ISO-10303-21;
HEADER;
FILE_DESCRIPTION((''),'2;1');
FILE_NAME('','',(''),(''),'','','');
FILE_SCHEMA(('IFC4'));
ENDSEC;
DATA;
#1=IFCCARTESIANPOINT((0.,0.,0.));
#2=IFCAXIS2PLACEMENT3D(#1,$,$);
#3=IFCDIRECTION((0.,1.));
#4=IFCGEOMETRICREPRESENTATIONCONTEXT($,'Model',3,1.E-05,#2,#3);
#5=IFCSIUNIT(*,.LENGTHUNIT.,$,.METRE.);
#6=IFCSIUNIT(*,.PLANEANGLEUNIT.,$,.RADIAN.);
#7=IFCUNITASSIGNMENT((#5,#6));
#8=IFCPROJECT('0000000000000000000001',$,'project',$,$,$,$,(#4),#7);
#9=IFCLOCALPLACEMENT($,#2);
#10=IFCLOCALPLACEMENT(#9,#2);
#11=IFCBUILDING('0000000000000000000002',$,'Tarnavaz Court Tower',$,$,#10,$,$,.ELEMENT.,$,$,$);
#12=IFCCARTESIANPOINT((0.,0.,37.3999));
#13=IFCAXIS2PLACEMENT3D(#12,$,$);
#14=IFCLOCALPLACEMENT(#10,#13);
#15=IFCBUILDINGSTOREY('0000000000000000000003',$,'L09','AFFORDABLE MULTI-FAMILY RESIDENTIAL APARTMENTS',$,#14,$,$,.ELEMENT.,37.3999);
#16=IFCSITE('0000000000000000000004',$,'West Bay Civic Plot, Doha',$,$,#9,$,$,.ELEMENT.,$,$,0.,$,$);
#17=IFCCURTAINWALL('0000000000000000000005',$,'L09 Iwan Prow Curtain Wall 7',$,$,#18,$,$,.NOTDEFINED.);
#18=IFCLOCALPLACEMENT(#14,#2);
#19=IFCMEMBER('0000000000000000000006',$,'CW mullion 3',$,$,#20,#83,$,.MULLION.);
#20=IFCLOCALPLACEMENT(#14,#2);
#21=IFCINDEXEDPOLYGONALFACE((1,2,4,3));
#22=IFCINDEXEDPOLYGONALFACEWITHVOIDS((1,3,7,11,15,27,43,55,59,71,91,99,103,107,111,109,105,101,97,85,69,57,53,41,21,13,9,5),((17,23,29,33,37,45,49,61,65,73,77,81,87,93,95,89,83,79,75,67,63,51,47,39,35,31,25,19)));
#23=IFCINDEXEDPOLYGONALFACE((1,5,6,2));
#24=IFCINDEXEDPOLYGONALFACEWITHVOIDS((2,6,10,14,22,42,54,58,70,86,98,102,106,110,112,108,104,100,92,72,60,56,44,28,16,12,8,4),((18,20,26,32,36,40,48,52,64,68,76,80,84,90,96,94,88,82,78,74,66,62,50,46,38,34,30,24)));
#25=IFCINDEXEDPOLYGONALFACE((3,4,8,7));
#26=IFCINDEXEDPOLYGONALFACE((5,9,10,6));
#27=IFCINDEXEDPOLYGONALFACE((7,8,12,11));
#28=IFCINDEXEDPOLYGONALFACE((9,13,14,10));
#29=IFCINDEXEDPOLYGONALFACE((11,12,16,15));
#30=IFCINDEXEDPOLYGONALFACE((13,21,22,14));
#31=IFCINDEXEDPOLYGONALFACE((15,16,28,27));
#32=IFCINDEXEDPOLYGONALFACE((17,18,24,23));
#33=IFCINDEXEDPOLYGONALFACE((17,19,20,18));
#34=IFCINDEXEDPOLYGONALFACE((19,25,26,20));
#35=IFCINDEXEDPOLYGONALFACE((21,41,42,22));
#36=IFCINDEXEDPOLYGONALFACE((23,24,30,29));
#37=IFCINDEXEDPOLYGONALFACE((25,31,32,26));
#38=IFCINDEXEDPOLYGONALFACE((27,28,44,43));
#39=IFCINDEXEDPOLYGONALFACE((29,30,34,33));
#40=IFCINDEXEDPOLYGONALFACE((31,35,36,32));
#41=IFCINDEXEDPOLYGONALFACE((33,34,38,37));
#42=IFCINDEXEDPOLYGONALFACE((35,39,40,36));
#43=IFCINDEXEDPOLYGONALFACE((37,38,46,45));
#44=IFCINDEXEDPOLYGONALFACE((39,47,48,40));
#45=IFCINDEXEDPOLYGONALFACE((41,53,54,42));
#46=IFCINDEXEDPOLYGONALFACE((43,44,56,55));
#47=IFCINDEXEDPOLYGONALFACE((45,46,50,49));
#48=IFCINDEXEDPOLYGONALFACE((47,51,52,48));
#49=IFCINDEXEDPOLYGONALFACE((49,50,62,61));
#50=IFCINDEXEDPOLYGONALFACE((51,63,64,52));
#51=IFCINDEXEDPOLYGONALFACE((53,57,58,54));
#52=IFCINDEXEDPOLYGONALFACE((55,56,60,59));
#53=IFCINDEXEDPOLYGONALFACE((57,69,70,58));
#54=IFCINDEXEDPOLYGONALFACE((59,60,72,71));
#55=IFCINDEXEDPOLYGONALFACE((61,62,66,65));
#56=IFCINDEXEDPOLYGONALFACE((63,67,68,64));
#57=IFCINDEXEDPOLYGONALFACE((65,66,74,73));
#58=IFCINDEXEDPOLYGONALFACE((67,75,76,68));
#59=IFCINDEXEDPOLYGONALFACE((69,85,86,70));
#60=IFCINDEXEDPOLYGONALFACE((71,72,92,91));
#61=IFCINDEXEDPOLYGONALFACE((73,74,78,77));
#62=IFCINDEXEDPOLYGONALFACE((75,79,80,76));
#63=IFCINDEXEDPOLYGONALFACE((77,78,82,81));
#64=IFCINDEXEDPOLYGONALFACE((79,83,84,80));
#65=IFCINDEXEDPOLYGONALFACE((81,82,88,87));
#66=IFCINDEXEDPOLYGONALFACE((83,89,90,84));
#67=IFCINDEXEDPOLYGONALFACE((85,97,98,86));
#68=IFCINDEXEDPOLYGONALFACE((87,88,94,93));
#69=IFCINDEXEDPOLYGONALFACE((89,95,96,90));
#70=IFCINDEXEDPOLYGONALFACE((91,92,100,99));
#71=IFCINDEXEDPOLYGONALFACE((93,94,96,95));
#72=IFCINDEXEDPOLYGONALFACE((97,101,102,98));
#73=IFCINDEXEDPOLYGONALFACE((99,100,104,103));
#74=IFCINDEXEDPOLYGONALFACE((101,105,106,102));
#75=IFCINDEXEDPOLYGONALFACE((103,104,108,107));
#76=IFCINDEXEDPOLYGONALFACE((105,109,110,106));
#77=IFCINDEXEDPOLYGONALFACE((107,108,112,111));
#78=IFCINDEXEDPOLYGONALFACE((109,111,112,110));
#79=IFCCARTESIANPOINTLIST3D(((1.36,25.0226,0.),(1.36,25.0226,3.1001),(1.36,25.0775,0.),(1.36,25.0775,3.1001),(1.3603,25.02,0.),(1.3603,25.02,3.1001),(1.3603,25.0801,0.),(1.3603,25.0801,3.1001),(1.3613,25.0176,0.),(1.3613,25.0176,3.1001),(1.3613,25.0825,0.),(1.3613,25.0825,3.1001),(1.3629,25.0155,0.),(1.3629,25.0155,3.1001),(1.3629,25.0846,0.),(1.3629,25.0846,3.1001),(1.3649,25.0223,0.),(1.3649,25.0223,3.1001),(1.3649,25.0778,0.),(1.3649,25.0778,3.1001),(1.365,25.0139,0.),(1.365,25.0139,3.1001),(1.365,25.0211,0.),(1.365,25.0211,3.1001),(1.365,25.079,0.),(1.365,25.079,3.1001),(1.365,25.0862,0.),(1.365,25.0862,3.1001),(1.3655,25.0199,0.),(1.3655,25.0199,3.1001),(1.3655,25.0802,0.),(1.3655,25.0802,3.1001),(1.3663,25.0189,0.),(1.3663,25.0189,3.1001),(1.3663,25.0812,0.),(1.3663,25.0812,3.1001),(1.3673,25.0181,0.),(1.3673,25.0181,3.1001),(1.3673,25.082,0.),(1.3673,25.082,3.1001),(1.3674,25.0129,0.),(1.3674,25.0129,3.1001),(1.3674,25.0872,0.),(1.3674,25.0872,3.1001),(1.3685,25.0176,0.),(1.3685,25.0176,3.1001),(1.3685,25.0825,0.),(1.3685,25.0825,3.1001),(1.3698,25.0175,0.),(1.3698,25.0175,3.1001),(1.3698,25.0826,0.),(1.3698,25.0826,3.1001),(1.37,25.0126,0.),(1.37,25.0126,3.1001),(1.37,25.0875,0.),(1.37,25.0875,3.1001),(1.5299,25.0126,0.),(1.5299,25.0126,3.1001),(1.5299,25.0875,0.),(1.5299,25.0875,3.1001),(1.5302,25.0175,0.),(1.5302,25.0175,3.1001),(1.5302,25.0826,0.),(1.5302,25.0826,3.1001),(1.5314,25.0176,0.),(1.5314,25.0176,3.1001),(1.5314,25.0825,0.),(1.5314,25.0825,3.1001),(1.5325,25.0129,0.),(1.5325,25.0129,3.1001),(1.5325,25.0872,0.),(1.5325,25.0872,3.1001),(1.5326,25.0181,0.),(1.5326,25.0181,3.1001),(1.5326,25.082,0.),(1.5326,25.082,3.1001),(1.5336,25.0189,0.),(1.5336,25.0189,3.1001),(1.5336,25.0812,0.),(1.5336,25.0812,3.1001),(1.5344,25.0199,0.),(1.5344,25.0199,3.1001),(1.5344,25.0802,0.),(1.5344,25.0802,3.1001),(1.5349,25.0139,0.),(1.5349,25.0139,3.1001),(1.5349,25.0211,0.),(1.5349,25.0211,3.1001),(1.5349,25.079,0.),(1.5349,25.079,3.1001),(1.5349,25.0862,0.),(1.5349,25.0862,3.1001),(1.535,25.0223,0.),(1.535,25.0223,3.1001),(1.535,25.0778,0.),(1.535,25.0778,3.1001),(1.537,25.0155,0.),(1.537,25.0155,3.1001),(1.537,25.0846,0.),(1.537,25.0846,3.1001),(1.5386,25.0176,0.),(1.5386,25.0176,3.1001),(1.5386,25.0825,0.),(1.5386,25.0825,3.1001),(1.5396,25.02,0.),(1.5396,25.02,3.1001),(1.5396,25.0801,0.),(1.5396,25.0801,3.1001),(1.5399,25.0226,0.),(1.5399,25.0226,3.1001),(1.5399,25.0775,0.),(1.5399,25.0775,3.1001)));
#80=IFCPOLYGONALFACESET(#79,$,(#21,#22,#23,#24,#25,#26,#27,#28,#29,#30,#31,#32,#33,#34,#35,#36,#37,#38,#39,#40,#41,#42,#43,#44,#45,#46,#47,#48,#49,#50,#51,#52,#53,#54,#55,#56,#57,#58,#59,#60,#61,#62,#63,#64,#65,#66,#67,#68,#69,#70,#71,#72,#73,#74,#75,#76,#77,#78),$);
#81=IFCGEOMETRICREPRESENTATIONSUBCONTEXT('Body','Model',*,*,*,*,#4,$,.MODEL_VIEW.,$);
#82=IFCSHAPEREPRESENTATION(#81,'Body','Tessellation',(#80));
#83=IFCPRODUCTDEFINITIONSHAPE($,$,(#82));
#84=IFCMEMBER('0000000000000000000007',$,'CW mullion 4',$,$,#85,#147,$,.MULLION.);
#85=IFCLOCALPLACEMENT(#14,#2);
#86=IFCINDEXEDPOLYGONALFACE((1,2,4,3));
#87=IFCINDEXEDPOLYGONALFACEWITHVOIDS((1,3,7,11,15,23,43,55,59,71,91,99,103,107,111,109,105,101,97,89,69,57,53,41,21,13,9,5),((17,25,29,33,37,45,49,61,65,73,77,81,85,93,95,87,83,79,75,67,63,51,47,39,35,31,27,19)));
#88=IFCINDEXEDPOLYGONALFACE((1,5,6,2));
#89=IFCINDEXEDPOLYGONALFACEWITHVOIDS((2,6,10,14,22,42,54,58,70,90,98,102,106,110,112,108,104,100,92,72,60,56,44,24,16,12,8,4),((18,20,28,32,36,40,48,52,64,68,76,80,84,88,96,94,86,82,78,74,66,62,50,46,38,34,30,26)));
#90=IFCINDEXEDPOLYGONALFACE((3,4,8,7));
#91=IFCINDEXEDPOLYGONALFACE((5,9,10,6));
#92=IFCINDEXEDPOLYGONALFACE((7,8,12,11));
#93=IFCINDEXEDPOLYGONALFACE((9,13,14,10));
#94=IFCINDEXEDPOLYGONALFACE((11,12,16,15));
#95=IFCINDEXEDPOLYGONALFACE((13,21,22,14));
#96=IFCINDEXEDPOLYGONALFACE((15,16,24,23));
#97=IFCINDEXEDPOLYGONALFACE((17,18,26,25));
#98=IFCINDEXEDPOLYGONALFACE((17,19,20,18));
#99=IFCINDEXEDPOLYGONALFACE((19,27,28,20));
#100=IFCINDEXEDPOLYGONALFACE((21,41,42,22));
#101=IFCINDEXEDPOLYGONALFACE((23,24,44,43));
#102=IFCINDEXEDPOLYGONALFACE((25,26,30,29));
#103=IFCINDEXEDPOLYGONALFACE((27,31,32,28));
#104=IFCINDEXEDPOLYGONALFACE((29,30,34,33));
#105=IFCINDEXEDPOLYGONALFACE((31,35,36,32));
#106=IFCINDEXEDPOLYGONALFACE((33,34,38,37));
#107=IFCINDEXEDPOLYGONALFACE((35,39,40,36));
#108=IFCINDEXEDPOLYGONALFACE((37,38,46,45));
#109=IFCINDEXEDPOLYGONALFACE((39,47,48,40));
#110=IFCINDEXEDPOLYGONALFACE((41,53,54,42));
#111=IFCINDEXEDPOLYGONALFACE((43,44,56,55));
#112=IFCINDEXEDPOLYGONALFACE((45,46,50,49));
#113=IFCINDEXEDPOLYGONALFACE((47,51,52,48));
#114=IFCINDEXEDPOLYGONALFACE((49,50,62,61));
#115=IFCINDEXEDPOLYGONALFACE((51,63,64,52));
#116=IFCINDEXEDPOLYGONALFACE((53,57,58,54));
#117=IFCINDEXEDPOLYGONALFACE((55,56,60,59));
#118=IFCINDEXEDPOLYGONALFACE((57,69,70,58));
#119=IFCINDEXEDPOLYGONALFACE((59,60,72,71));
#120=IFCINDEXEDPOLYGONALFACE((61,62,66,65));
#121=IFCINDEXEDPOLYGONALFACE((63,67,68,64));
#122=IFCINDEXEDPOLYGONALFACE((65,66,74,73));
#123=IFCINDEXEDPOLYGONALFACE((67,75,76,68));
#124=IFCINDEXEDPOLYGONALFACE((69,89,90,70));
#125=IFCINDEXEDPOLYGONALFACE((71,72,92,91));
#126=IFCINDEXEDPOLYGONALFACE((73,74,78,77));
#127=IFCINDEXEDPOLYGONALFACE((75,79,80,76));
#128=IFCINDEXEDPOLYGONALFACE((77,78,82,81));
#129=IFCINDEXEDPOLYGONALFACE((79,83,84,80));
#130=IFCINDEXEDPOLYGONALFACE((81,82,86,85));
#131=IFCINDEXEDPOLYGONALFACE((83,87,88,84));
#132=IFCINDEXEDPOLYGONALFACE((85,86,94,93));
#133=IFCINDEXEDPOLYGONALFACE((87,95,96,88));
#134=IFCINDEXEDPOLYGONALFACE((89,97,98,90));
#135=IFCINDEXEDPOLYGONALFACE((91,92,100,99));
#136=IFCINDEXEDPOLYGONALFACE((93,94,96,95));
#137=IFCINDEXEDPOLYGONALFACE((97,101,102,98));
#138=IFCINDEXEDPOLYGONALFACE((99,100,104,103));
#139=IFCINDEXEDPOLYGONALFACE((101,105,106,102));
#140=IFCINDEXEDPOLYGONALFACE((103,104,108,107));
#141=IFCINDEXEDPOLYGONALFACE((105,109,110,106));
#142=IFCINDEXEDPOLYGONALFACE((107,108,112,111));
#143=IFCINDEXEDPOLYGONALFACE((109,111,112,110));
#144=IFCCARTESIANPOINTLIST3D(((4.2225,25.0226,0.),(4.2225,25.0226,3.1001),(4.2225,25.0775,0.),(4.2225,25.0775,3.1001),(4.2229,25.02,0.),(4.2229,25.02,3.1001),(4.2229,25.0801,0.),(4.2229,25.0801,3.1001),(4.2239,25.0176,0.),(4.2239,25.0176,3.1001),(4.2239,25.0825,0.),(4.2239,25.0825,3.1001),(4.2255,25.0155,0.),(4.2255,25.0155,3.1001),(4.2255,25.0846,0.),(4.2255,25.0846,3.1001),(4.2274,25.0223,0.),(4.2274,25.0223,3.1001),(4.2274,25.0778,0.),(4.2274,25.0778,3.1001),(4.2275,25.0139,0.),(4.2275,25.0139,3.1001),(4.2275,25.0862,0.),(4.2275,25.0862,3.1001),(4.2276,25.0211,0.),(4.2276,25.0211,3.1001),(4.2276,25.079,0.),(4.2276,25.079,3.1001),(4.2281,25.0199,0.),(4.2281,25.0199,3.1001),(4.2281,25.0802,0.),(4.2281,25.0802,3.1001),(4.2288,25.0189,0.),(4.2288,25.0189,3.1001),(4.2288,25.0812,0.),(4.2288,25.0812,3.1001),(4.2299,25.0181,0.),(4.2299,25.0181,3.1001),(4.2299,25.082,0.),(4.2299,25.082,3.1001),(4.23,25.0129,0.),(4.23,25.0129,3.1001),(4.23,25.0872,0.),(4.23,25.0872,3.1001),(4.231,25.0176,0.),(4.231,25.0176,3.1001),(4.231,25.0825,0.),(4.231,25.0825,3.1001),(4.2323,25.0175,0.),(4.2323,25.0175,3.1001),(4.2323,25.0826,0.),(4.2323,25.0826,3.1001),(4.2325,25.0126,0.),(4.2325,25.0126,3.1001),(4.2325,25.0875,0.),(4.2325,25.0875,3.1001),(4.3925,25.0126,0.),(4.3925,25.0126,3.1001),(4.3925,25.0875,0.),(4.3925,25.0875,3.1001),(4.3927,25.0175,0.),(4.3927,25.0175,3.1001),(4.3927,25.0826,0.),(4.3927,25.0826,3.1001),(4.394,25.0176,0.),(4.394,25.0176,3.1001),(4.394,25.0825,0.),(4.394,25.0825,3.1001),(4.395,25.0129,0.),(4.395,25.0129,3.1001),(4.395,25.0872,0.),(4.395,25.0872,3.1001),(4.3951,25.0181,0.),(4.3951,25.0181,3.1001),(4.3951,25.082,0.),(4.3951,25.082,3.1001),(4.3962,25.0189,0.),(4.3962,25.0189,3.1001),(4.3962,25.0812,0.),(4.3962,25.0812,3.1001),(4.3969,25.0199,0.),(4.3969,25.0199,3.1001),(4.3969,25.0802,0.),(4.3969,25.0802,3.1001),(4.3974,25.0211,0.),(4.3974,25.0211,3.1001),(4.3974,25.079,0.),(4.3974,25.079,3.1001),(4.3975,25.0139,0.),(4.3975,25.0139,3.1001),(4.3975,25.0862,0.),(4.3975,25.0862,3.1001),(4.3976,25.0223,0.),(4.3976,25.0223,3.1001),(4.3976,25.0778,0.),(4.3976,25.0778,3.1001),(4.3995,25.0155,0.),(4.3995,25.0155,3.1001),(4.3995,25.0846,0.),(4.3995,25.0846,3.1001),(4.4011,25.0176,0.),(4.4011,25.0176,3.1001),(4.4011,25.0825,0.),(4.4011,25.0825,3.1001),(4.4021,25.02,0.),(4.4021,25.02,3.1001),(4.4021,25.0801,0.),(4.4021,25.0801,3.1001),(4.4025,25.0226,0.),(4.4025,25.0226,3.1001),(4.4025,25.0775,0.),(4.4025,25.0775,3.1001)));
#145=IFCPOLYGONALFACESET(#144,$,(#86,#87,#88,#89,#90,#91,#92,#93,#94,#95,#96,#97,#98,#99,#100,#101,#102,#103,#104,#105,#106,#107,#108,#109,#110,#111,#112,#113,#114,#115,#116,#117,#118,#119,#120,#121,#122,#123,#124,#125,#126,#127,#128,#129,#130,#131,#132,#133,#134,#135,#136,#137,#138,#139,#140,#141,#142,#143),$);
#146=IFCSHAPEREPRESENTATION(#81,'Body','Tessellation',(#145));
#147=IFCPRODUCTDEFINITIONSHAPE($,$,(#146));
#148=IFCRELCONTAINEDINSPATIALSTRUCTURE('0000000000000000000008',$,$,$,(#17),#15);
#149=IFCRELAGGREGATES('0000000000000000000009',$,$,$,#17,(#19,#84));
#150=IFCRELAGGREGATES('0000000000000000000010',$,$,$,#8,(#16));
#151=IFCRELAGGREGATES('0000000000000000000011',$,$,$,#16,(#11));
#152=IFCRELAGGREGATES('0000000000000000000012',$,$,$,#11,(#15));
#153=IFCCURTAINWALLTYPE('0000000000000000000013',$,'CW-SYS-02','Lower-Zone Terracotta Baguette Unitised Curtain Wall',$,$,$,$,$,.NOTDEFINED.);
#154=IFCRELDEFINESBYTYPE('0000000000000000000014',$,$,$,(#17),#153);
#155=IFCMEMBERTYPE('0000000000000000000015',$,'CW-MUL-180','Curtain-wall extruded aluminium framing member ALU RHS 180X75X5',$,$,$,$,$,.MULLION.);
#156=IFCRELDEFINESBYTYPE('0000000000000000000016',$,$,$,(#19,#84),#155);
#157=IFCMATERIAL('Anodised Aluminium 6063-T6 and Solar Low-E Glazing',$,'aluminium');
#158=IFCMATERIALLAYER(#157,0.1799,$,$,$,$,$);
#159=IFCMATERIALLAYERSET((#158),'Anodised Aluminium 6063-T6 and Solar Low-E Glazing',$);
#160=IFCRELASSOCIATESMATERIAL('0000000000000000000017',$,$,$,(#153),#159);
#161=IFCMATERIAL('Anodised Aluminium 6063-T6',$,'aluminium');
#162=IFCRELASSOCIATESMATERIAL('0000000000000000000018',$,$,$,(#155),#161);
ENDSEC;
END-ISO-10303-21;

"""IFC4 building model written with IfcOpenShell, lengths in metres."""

from ifc_helpers import new_model, si_unit, direction, frame, origin, origin_2d, place, context, subcontext, project, spatial, hollow_rectangle, extrude, material, layer, layer_set, material_profile, profile_set, type_object, element, aggregate, save


model = new_model("IFC4")

# Units and contexts
model_context = context("Model", 3, precision=1e-05, world=origin(), true_north=direction((0.0, 1.0)))
body_context = subcontext(model_context, "Body", "Model", "MODEL_VIEW")
ifc_project = project(units=[si_unit("LENGTHUNIT", "METRE"), si_unit("PLANEANGLEUNIT", "RADIAN")], contexts=[model_context])

# Site, building, storey
site_placement = place(None, origin())
site = spatial("IfcSite", under=ifc_project, at=site_placement, Name="West Bay Civic Plot, Doha", CompositionType="ELEMENT", RefElevation=0.0)
building_placement = place(site_placement, origin())
building = spatial("IfcBuilding", under=site, at=building_placement, Name="Tarnavaz Court Tower", CompositionType="ELEMENT")
storey_placement = place(building_placement, frame((0.0, 0.0, 37.3999)))
storey = spatial("IfcBuildingStorey", under=building, at=storey_placement, Name="L09", Description="AFFORDABLE MULTI-FAMILY RESIDENTIAL APARTMENTS", CompositionType="ELEMENT", Elevation=37.3999)

# Curtain wall, members
ifc_material_1 = material(Name="Anodised Aluminium 6063-T6 and Solar Low-E Glazing", Category="aluminium")
ifc_layer_1 = layer(ifc_material_1, 0.1799)
ifc_layer_set_1 = layer_set([ifc_layer_1], Name="Anodised Aluminium 6063-T6 and Solar Low-E Glazing")
curtain_wall_type = type_object("IfcCurtainWallType", Name="CW-SYS-02", Description="Lower-Zone Terracotta Baguette Unitised Curtain Wall", PredefinedType="NOTDEFINED", material=ifc_layer_set_1)
curtain_wall_placement = place(storey_placement, origin())
curtain_wall = element("IfcCurtainWall", 1, at=curtain_wall_placement, inside=storey, type_object=curtain_wall_type, Name="L09 Iwan Prow Curtain Wall 7", PredefinedType="NOTDEFINED")
ifc_material_2 = material(Name="Anodised Aluminium 6063-T6", Category="aluminium")
ifc_material_profile_1 = material_profile(ifc_material_2, hollow_rectangle(XDim=0.075, YDim=0.1799, WallThickness=0.0049, InnerFilletRadius=0.0049, OuterFilletRadius=0.01, at=origin_2d()), Name="ALU RHS 180X75X5")
ifc_profile_set_1 = profile_set([ifc_material_profile_1], Name="Anodised Aluminium 6063-T6")
member_type_1 = type_object("IfcMemberType", Name="CW-MUL-180", Description="Curtain-wall extruded aluminium framing member ALU RHS 180X75X5", PredefinedType="MULLION", material=ifc_profile_set_1)
member_1_placement = place(storey_placement, frame((1.45, 25.05, 0.0), z_axis=(0.0, 0.0, 1.0), x_axis=(0.0, 1.0, 0.0)))
member_1 = element("IfcMember", 2, at=member_1_placement, type_object=member_type_1, Name="CW mullion 3", PredefinedType="MULLION", context=body_context, shape_type="SweptSolid", body=[
    extrude(hollow_rectangle(XDim=0.075, YDim=0.1799, WallThickness=0.0049, InnerFilletRadius=0.0049, OuterFilletRadius=0.01, at=origin_2d()), origin(), (0.0, 0.0, 1.0), 3.1001),
])
member_2_placement = place(storey_placement, frame((4.3125, 25.05, 0.0), z_axis=(0.0, 0.0, 1.0), x_axis=(0.0, 1.0, 0.0)))
member_2 = element("IfcMember", 3, at=member_2_placement, type_object=member_type_1, Name="CW mullion 4", PredefinedType="MULLION", context=body_context, shape_type="SweptSolid", body=[
    extrude(hollow_rectangle(XDim=0.075, YDim=0.1799, WallThickness=0.0049, InnerFilletRadius=0.0049, OuterFilletRadius=0.01, at=origin_2d()), origin(), (0.0, 0.0, 1.0), 3.1001),
])
aggregate(curtain_wall, [member_1, member_2])

save(model, "model.ifc")
